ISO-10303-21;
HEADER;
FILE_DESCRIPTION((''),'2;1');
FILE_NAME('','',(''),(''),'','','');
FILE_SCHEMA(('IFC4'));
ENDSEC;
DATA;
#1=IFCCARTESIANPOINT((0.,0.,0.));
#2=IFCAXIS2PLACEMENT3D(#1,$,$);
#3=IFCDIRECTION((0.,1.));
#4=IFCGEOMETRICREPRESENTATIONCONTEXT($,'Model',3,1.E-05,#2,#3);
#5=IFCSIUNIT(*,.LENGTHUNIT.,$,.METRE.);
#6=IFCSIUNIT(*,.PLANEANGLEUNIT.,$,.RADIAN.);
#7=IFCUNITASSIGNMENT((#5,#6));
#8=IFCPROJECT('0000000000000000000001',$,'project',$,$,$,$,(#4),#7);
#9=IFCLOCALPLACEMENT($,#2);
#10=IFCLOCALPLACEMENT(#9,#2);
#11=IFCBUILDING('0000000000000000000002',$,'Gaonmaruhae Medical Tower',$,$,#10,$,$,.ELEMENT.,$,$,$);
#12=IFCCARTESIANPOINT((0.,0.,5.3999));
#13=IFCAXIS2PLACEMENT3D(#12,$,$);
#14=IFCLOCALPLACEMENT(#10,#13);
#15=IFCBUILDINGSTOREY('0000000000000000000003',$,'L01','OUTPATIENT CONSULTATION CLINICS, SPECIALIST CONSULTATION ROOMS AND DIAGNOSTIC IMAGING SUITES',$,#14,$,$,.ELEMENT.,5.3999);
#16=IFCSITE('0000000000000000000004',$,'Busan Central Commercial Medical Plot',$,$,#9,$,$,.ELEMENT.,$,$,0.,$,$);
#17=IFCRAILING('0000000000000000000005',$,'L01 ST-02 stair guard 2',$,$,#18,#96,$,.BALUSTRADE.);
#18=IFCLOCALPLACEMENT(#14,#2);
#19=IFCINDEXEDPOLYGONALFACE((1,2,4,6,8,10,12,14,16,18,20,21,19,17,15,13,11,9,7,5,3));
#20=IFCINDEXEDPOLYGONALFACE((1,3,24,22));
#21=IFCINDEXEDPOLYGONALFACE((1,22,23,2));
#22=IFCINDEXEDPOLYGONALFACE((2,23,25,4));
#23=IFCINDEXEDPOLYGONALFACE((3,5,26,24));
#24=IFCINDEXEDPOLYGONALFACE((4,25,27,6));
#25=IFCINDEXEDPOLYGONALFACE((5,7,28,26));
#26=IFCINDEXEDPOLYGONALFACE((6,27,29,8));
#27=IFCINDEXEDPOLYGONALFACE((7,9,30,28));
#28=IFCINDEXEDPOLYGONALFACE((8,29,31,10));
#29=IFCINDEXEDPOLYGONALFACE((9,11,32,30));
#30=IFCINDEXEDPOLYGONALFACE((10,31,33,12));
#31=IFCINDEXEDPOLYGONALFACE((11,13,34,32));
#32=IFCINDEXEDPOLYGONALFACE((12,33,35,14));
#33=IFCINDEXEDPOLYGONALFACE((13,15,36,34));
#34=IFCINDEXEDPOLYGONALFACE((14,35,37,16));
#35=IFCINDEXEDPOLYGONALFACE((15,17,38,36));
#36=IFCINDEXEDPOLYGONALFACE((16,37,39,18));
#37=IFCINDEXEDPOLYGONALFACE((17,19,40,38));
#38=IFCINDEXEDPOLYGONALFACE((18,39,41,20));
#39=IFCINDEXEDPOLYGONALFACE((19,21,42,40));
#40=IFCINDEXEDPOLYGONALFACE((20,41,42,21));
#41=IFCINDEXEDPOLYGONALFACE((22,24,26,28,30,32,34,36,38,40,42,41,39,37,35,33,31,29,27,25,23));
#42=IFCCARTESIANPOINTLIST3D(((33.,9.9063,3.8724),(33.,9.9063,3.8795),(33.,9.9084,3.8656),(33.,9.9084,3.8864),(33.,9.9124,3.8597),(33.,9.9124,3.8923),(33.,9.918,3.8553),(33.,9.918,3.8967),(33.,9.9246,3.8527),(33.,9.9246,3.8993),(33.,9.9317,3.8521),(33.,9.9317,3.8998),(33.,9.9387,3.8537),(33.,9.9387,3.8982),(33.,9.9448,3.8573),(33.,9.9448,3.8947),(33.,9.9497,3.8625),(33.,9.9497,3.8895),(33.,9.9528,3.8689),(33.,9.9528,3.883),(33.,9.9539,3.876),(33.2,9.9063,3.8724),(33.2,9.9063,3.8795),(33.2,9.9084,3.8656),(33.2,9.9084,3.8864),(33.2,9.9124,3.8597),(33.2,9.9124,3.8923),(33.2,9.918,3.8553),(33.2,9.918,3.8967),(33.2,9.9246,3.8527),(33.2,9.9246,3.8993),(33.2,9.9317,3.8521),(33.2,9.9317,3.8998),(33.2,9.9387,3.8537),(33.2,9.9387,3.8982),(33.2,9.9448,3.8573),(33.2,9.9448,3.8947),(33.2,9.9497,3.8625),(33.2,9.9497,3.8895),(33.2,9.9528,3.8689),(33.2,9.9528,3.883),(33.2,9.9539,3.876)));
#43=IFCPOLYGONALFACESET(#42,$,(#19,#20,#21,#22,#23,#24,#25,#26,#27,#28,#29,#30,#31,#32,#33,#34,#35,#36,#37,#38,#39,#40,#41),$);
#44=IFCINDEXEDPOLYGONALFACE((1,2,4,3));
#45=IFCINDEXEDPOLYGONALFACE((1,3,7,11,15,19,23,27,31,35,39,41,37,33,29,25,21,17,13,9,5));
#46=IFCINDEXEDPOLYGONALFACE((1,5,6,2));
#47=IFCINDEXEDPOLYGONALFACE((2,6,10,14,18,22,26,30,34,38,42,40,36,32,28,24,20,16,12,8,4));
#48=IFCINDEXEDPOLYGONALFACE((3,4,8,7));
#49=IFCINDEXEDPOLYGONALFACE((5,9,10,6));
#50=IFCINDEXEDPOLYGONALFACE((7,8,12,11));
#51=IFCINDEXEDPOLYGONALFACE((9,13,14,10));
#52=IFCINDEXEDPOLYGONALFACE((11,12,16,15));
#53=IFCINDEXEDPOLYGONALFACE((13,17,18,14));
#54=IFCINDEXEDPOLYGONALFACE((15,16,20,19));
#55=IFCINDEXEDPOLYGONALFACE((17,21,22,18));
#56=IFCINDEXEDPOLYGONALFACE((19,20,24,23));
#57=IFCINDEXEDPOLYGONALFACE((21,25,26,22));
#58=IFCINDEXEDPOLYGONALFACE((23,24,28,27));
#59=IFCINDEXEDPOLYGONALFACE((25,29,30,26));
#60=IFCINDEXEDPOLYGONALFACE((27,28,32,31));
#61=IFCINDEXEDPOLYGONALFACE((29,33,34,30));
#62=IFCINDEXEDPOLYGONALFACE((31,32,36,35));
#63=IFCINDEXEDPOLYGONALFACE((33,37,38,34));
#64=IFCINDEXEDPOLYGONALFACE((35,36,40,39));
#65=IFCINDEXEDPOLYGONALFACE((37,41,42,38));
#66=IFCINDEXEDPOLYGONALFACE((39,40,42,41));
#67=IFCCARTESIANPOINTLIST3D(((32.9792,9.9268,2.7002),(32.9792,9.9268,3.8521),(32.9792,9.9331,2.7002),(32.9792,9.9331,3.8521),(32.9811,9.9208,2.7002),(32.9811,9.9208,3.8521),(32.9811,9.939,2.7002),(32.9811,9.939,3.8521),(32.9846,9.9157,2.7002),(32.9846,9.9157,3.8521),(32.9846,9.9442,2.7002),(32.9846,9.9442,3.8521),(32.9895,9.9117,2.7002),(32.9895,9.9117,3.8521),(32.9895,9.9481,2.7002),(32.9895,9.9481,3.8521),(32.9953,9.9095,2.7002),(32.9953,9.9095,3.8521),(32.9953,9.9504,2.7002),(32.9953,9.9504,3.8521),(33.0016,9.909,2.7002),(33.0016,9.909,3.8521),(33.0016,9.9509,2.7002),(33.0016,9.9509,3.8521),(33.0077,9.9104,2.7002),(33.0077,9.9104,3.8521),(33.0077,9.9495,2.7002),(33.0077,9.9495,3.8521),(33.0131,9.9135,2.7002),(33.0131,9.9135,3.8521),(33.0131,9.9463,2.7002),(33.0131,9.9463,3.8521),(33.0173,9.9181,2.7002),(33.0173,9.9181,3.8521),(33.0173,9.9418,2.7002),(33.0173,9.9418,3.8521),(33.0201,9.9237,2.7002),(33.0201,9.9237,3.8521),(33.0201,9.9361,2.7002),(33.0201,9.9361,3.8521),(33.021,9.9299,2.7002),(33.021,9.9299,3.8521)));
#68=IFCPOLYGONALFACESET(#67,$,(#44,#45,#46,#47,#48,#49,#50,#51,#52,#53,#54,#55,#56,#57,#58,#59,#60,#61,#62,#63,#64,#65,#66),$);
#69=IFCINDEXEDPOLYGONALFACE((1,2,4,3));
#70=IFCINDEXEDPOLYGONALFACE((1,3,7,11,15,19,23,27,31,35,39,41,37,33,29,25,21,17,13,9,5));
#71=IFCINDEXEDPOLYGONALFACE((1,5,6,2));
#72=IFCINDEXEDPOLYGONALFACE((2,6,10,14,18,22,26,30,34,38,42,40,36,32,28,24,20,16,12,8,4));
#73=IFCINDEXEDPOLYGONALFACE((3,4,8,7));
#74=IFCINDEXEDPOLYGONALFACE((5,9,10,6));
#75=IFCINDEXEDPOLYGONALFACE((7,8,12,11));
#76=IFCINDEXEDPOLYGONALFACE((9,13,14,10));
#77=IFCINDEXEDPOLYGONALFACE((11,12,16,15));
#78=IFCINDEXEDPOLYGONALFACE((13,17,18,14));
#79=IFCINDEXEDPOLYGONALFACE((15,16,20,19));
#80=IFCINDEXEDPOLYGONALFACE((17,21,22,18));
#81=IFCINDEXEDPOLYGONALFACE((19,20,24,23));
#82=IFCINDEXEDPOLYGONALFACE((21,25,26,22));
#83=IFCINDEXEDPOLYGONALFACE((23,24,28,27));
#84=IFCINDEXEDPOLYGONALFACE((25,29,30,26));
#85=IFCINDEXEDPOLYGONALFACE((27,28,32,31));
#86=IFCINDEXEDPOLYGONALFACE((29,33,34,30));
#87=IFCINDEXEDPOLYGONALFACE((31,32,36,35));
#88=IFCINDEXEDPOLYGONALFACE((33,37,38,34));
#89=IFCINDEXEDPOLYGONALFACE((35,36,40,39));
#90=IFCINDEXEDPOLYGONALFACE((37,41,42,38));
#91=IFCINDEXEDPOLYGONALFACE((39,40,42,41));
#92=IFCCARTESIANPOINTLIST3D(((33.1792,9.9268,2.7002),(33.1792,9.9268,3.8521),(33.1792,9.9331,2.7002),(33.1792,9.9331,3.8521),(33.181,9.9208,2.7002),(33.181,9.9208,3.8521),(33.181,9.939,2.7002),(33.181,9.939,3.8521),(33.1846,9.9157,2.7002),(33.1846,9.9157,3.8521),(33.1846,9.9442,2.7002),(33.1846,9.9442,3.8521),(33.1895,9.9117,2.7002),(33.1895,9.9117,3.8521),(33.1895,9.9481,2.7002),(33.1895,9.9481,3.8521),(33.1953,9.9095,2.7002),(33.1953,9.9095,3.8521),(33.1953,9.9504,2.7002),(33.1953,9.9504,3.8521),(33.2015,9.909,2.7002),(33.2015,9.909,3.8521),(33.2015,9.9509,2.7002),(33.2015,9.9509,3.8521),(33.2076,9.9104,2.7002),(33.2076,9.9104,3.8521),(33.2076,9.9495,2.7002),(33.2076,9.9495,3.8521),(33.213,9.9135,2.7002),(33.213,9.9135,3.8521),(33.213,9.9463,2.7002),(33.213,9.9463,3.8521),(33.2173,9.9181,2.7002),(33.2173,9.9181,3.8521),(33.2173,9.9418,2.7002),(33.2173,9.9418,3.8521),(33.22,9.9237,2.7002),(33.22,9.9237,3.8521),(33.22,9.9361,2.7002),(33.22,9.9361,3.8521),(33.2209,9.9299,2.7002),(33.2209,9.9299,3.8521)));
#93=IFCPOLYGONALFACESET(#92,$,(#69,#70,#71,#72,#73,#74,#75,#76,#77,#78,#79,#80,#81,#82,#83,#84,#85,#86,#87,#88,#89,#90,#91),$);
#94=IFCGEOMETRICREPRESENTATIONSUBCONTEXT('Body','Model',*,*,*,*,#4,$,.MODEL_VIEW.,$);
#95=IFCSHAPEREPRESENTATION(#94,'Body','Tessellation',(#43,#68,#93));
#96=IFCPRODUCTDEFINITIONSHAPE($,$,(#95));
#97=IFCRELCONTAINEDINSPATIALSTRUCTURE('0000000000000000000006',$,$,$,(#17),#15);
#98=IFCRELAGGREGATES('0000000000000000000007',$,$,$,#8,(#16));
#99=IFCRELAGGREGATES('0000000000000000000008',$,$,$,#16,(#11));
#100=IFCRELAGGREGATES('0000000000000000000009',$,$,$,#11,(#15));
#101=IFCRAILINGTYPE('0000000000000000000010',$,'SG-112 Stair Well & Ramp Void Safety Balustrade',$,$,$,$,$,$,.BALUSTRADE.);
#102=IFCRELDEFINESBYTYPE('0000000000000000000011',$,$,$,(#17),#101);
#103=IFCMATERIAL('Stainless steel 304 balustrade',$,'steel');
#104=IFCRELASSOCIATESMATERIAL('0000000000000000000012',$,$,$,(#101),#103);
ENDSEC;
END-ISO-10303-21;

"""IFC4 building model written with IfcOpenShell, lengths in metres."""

from ifc_helpers import new_model, si_unit, direction, frame, origin, origin_2d, place, context, subcontext, project, spatial, circle, extrude, material, type_object, element, save


model = new_model("IFC4")

# Units and contexts
model_context = context("Model", 3, precision=1e-05, world=origin(), true_north=direction((0.0, 1.0)))
body_context = subcontext(model_context, "Body", "Model", "MODEL_VIEW")
ifc_project = project(units=[si_unit("LENGTHUNIT", "METRE"), si_unit("PLANEANGLEUNIT", "RADIAN")], contexts=[model_context])

# Site, building, storey
site_placement = place(None, origin())
site = spatial("IfcSite", under=ifc_project, at=site_placement, Name="Busan Central Commercial Medical Plot", CompositionType="ELEMENT", RefElevation=0.0)
building_placement = place(site_placement, origin())
building = spatial("IfcBuilding", under=site, at=building_placement, Name="Gaonmaruhae Medical Tower", CompositionType="ELEMENT")
storey_placement = place(building_placement, frame((0.0, 0.0, 5.3999)))
storey = spatial("IfcBuildingStorey", under=building, at=storey_placement, Name="L01", Description="OUTPATIENT CONSULTATION CLINICS, SPECIALIST CONSULTATION ROOMS AND DIAGNOSTIC IMAGING SUITES", CompositionType="ELEMENT", Elevation=5.3999)

# Railing
ifc_material_1 = material(Name="Stainless steel 304 balustrade", Category="steel")
railing_type_1 = type_object("IfcRailingType", Name="SG-112 Stair Well & Ramp Void Safety Balustrade", PredefinedType="BALUSTRADE", material=ifc_material_1)
railing_1_placement = place(storey_placement, frame((33.0, 9.9299, 2.7002)))
element("IfcRailing", 1, at=railing_1_placement, inside=storey, type_object=railing_type_1, Name="L01 ST-02 stair guard 2", PredefinedType="BALUSTRADE", context=body_context, shape_type="SweptSolid", body=[
    extrude(circle(Radius=0.0239, at=origin_2d()), frame((0.0, 0.0, 1.1758), z_axis=(1.0, 0.0, 0.0), x_axis=(0.0, 1.0, 0.0)), (0.0, 0.0, 1.0), 0.2),
    extrude(circle(Radius=0.021, at=origin_2d()), origin(), (0.0, 0.0, 1.0), 1.1519),
    extrude(circle(Radius=0.021, at=origin_2d()), frame((0.2, 0.0, 0.0)), (0.0, 0.0, 1.0), 1.1519),
])

save(model, "model.ifc")
